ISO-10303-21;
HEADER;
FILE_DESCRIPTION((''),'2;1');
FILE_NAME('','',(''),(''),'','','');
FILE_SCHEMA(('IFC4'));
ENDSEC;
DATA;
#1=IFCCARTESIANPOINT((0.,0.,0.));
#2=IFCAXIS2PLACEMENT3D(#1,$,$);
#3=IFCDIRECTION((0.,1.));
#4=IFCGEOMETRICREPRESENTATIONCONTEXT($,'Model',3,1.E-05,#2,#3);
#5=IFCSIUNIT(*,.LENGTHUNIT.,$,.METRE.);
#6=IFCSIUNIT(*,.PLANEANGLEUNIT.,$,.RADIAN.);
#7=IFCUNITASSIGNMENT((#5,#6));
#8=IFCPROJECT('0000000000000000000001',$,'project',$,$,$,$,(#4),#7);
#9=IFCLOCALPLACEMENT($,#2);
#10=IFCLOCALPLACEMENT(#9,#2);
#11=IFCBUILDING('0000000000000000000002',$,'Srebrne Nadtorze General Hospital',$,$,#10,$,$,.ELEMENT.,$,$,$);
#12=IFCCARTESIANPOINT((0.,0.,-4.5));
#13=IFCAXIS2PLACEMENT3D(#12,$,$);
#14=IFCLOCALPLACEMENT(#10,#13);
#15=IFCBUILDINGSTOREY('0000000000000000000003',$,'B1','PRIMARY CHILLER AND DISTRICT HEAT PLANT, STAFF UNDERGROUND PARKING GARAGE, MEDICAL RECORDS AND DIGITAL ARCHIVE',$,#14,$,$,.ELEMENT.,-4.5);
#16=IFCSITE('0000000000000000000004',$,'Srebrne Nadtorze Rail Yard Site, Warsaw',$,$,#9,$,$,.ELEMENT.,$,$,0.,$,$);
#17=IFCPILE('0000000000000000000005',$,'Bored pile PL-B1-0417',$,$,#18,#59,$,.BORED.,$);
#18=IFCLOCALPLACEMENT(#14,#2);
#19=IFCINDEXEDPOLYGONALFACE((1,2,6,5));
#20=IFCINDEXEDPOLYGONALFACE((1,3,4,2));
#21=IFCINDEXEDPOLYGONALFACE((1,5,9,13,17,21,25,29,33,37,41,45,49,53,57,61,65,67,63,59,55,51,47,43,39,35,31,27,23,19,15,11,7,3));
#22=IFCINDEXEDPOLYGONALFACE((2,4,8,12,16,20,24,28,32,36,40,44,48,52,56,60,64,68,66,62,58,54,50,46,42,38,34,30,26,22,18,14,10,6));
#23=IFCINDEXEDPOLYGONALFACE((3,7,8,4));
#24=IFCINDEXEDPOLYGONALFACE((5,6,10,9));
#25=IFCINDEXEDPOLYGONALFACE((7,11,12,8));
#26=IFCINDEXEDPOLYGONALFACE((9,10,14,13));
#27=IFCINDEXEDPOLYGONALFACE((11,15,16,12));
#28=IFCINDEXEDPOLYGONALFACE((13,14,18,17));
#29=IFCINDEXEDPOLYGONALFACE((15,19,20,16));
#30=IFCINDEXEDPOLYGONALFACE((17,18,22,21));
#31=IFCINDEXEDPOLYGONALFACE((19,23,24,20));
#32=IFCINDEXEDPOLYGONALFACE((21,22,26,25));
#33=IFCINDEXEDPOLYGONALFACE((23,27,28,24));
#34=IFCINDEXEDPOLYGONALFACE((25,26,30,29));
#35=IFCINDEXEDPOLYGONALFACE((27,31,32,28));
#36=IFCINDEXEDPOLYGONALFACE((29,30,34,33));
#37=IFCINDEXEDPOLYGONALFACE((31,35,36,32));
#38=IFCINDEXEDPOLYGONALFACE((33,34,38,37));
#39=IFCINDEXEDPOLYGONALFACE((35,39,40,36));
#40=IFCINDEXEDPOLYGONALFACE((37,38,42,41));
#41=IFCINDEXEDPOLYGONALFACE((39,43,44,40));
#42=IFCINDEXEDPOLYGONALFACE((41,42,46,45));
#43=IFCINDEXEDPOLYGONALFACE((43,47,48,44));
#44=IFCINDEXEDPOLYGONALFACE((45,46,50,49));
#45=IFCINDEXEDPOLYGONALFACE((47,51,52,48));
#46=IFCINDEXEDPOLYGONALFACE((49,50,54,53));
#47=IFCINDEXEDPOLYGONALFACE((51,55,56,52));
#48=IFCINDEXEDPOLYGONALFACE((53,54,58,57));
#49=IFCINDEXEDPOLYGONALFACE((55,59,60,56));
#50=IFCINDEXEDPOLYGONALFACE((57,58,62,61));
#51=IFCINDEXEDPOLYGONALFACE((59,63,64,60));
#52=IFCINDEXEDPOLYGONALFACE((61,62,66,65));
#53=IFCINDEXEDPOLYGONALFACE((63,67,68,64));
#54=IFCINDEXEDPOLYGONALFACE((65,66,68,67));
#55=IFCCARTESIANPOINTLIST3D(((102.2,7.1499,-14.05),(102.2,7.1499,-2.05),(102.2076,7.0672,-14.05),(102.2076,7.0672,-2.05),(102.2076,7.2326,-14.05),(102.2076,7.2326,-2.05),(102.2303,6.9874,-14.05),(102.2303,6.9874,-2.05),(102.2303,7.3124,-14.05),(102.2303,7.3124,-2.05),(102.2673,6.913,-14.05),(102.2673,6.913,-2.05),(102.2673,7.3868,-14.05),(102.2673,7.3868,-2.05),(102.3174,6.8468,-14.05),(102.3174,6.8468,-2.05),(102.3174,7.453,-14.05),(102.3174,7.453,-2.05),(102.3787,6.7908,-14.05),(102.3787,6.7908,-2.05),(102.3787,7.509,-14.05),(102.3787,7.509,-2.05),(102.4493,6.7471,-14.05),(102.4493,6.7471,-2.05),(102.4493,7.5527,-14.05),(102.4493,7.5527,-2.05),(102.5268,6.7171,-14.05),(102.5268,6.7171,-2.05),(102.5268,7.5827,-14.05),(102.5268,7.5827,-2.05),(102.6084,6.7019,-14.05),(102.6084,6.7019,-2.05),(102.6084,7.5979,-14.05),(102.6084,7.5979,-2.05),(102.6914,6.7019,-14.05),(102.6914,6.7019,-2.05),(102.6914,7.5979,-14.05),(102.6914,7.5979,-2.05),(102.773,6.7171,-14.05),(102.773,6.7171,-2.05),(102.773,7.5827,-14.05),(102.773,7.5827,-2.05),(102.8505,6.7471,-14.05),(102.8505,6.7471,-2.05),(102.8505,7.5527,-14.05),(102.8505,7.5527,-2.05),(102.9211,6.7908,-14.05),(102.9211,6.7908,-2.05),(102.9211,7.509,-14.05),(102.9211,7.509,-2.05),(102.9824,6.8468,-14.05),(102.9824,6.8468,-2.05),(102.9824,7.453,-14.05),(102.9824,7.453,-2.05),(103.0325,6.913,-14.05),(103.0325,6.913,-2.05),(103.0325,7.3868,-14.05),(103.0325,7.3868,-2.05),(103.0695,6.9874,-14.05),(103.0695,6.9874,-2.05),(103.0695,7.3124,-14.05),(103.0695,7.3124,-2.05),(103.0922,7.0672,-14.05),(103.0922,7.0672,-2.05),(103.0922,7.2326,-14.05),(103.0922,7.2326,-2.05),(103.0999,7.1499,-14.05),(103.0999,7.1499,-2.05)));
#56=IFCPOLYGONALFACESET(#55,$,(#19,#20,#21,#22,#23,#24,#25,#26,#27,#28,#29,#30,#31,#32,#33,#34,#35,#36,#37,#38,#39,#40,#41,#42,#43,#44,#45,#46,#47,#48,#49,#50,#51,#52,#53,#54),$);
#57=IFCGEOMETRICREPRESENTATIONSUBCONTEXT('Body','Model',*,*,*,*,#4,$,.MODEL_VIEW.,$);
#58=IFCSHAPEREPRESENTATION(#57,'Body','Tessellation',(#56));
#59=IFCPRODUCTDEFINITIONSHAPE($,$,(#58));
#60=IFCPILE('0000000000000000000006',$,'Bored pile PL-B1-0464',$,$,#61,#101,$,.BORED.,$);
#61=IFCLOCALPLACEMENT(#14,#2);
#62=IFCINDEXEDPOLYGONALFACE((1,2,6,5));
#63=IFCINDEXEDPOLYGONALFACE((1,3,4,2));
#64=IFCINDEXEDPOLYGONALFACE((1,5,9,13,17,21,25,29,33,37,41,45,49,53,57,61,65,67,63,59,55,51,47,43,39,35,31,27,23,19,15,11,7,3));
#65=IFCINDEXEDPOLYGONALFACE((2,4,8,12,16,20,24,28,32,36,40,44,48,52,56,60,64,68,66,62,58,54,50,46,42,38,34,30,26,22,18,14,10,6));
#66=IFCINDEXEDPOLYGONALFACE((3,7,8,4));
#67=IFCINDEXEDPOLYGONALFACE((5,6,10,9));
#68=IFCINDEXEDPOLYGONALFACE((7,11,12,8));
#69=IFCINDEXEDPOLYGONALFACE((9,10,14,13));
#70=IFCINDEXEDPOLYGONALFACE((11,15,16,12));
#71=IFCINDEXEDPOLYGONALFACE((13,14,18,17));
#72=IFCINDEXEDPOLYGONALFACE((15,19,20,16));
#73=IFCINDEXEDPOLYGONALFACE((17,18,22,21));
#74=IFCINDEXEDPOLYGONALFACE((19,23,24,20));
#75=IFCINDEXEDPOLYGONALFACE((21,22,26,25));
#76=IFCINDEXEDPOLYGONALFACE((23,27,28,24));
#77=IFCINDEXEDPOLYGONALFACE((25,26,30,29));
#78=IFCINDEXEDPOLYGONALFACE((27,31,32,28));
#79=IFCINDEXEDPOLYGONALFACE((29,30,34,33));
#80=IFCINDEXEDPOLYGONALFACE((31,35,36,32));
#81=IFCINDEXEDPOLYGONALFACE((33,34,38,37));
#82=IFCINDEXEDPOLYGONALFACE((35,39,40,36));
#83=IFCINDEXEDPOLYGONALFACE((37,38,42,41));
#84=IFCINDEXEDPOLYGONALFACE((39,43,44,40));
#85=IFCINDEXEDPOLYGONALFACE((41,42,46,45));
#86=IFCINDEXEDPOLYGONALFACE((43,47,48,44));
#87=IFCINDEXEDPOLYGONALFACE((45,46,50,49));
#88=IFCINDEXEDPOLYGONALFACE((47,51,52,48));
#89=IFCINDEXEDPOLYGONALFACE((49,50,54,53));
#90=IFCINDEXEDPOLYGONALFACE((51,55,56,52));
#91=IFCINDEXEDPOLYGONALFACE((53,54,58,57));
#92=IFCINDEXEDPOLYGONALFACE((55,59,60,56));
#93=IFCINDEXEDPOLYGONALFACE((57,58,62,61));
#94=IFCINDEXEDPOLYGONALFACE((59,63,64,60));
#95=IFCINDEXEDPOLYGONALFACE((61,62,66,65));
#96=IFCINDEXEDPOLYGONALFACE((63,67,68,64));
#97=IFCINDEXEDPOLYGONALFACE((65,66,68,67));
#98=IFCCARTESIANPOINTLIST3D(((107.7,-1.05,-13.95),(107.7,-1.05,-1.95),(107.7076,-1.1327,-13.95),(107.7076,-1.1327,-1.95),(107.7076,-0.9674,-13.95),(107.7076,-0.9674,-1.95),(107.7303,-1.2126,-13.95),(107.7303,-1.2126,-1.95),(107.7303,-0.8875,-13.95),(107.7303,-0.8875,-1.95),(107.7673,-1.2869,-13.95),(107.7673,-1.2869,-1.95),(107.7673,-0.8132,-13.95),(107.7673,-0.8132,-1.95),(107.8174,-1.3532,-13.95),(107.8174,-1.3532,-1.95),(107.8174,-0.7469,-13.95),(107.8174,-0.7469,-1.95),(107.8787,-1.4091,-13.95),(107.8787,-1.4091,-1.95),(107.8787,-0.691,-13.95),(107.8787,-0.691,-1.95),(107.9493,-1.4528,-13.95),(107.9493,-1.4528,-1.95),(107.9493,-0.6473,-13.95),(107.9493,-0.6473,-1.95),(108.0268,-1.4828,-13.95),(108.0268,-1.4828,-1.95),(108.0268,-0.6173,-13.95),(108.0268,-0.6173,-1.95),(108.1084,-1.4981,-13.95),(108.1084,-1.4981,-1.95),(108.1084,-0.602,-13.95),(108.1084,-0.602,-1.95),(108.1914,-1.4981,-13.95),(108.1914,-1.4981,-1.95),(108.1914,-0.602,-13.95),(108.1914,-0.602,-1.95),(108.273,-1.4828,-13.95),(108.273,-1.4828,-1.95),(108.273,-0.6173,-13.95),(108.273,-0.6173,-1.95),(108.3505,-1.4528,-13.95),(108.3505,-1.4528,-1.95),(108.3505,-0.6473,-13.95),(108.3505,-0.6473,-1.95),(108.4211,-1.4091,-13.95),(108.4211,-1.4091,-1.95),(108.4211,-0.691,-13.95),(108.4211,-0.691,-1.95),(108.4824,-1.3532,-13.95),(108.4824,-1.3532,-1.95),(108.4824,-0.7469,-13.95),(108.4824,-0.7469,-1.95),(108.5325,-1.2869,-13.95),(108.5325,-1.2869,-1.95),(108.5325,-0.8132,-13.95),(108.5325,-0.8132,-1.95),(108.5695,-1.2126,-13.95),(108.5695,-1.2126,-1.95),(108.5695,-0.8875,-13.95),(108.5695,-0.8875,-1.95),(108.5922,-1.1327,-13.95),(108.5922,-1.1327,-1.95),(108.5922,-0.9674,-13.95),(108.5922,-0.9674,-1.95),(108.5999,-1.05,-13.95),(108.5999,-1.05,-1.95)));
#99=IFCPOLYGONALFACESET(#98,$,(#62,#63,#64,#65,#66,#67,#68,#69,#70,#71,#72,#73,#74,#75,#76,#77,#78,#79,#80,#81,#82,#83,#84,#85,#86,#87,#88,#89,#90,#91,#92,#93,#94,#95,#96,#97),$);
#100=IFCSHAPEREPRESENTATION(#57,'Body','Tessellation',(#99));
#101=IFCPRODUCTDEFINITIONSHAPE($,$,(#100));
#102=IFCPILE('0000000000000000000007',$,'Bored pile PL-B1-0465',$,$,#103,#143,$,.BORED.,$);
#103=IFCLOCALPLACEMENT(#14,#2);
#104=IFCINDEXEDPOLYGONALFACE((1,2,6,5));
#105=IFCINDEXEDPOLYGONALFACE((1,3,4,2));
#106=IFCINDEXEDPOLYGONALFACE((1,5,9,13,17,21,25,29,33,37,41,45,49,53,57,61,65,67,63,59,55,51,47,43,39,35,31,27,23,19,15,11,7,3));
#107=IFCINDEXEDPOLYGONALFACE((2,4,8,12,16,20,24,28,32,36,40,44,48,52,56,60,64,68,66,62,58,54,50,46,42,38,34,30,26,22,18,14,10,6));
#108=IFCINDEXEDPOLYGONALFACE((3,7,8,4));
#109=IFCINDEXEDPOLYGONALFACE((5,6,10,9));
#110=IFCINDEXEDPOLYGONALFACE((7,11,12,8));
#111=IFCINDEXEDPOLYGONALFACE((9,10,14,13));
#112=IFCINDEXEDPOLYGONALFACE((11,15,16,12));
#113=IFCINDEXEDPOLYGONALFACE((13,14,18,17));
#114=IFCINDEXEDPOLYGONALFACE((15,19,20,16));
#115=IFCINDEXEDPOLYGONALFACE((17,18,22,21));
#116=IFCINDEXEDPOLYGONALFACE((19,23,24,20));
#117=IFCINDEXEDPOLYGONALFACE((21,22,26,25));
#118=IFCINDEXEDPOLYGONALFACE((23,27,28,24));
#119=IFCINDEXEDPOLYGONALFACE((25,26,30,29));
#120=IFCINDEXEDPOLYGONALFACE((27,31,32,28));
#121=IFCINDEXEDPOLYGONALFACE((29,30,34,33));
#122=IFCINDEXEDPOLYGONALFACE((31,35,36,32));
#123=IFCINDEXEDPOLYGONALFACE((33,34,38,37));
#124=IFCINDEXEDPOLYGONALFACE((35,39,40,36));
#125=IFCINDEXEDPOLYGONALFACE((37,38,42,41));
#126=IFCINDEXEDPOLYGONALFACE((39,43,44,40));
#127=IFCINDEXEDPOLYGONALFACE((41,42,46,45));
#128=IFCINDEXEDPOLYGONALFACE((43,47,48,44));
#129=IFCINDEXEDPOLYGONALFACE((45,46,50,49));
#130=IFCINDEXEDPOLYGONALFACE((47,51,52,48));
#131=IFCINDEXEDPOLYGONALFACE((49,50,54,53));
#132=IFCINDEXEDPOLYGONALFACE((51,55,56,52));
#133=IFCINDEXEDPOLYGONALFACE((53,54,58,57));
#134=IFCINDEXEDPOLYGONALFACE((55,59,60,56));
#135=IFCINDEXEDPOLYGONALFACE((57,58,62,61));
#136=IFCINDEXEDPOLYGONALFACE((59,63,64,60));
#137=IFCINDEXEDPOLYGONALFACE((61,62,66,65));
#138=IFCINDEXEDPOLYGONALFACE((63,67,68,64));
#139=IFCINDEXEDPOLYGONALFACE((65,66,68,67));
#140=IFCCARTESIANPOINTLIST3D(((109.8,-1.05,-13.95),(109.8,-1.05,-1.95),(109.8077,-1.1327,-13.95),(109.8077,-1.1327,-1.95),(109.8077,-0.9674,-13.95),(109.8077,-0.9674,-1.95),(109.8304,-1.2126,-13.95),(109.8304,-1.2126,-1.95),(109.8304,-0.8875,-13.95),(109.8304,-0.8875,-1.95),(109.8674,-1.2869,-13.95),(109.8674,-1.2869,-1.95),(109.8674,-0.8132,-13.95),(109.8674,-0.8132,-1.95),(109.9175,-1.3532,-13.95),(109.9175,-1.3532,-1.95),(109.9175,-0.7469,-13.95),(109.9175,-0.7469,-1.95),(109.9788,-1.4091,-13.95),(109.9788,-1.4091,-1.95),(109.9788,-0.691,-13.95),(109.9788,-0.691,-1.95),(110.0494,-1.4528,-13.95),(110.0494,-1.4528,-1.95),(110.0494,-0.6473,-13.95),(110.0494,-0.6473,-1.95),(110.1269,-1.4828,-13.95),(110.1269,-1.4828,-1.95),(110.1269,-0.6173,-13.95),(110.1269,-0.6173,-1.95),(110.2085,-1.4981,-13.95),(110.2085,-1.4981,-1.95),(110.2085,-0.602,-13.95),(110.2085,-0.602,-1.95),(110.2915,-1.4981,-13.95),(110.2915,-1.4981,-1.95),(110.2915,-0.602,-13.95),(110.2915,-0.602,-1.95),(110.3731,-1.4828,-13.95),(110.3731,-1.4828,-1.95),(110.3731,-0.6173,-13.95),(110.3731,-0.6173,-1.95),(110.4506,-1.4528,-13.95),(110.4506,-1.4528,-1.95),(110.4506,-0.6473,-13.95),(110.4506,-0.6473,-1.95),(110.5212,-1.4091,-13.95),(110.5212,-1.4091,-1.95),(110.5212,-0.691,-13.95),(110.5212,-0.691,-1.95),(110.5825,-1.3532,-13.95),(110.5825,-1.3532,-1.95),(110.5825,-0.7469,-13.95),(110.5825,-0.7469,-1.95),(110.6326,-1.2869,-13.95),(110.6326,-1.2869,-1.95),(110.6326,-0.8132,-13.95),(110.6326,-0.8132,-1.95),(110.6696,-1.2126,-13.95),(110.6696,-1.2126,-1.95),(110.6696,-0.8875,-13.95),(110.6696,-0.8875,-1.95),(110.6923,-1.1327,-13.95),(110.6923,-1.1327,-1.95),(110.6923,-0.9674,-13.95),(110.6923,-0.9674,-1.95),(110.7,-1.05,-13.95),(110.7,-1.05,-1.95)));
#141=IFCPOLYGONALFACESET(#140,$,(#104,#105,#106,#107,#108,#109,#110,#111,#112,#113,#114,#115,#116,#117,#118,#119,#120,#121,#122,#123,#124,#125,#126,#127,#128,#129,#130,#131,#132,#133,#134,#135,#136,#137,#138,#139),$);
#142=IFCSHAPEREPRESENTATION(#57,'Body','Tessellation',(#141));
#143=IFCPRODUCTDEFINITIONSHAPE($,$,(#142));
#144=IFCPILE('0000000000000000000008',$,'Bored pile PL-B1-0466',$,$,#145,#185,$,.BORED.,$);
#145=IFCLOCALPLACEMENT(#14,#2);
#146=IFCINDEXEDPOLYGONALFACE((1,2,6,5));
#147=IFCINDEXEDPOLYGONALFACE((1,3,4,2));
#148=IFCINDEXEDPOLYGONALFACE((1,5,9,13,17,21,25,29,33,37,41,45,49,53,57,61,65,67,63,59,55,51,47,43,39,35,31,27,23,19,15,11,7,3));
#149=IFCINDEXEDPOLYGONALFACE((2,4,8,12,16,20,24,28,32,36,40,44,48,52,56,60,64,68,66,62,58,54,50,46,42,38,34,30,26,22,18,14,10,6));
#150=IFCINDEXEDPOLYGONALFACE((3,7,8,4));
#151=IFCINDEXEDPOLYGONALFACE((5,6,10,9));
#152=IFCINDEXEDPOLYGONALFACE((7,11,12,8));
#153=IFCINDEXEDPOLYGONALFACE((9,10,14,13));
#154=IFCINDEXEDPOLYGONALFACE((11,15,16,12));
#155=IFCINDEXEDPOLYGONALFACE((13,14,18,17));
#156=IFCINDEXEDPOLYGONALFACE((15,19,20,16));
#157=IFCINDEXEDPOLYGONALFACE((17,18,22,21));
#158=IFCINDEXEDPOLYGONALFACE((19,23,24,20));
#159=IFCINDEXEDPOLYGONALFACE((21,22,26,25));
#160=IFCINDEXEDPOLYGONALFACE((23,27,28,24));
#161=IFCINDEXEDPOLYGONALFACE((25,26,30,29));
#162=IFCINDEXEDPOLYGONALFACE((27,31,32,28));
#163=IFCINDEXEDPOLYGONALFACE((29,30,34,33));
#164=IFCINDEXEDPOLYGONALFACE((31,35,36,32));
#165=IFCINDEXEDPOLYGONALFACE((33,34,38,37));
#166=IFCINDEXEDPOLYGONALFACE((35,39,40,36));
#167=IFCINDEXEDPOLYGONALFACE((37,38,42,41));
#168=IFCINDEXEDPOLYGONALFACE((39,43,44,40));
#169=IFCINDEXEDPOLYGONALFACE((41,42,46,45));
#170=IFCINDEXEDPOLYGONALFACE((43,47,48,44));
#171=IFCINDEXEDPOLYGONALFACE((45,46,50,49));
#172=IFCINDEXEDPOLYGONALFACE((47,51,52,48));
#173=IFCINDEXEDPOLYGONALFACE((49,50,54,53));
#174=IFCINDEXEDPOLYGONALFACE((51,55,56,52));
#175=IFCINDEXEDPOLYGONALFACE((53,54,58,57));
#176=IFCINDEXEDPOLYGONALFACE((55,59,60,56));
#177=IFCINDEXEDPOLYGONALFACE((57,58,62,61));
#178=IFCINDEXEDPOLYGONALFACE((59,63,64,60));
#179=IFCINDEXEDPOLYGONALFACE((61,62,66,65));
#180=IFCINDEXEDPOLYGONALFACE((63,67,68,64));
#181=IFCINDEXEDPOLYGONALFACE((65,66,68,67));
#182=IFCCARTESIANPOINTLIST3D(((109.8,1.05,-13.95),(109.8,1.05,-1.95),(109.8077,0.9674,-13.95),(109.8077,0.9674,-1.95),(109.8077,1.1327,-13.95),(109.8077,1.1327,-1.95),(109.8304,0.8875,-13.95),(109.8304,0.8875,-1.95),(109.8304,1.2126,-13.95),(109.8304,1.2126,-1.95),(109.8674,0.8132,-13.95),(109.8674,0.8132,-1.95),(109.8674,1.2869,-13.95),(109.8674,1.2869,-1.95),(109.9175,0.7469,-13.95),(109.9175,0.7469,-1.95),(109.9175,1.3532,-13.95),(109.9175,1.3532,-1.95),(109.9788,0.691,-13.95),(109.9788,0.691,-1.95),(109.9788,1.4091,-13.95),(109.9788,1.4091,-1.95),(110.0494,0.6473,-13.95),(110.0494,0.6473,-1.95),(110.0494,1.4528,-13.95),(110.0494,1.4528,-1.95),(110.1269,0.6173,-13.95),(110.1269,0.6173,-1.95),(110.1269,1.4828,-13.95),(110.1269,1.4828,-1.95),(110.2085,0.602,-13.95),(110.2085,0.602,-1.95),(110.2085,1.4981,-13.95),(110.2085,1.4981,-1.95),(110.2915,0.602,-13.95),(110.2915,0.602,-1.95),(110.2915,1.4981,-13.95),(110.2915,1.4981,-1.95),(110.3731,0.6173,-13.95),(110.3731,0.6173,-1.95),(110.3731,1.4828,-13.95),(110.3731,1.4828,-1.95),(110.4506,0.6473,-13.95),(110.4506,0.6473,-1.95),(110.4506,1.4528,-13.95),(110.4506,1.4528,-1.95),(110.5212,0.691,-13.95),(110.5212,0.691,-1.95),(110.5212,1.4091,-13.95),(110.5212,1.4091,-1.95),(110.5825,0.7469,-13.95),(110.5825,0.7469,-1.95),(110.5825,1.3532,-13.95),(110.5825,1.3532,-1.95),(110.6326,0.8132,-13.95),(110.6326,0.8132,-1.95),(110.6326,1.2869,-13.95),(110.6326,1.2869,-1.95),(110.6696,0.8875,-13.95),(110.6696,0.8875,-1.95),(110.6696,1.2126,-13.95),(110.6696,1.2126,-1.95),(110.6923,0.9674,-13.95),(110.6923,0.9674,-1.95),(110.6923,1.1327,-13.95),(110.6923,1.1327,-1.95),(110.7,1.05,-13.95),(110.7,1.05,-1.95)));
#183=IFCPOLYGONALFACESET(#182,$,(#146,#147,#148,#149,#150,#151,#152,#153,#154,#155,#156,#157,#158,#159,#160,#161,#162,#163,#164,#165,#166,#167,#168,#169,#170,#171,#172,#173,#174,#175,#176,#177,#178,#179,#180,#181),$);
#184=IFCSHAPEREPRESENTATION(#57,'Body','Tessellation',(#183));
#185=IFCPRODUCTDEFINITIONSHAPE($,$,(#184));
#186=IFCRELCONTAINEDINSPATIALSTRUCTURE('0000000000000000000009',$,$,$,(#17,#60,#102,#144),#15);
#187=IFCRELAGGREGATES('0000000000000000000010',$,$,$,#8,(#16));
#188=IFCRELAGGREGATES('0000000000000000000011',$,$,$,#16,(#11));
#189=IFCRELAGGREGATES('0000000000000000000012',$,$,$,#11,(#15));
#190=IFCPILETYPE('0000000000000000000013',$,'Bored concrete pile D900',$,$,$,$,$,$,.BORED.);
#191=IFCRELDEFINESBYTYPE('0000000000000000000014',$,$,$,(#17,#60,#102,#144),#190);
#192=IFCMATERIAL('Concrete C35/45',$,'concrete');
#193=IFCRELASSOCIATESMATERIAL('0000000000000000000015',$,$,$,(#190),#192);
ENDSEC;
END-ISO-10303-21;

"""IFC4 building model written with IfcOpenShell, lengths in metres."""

from ifc_helpers import new_model, si_unit, direction, frame, origin, origin_2d, place, context, subcontext, project, spatial, circle, extrude, material, material_profile, profile_set, type_object, element, save


model = new_model("IFC4")

# Units and contexts
model_context = context("Model", 3, precision=1e-05, world=origin(), true_north=direction((0.0, 1.0)))
body_context = subcontext(model_context, "Body", "Model", "MODEL_VIEW")
ifc_project = project(units=[si_unit("LENGTHUNIT", "METRE"), si_unit("PLANEANGLEUNIT", "RADIAN")], contexts=[model_context])

# Site, building, storey
site_placement = place(None, origin())
site = spatial("IfcSite", under=ifc_project, at=site_placement, Name="Srebrne Nadtorze Rail Yard Site, Warsaw", CompositionType="ELEMENT", RefElevation=0.0)
building_placement = place(site_placement, origin())
building = spatial("IfcBuilding", under=site, at=building_placement, Name="Srebrne Nadtorze General Hospital", CompositionType="ELEMENT")
storey_placement = place(building_placement, frame((0.0, 0.0, -4.5)))
storey = spatial("IfcBuildingStorey", under=building, at=storey_placement, Name="B1", Description="PRIMARY CHILLER AND DISTRICT HEAT PLANT, STAFF UNDERGROUND PARKING GARAGE, MEDICAL RECORDS AND DIGITAL ARCHIVE", CompositionType="ELEMENT", Elevation=-4.5)

# Piles
ifc_material_1 = material(Name="Concrete C35/45", Category="concrete")
ifc_material_profile_1 = material_profile(ifc_material_1, circle(Radius=0.45, at=origin_2d()), Name="PILE-D900")
ifc_profile_set_1 = profile_set([ifc_material_profile_1], Name="Concrete C35/45")
pile_type_1 = type_object("IfcPileType", Name="Bored concrete pile D900", PredefinedType="BORED", material=ifc_profile_set_1)
for number, where, z_axis, x_axis, name in (
    (1, (102.6499, 7.1499, -2.05), (0.0, 0.0, -1.0), (1.0, 0.0, 0.0), "Bored pile PL-B1-0417"),
    (2, (108.1499, -1.05, -1.95), (0.0, 0.0, -1.0), (1.0, 0.0, 0.0), "Bored pile PL-B1-0464"),
    (3, (110.25, -1.05, -1.95), (0.0, 0.0, -1.0), (1.0, 0.0, 0.0), "Bored pile PL-B1-0465"),
    (4, (110.25, 1.05, -1.95), (0.0, 0.0, -1.0), (1.0, 0.0, 0.0), "Bored pile PL-B1-0466"),
):
    element("IfcPile", number, at=place(storey_placement, frame(where, z_axis=z_axis, x_axis=x_axis)), inside=storey, type_object=pile_type_1, Name=name, PredefinedType="BORED", context=body_context, shape_type="SweptSolid", body=[
        extrude(circle(Radius=0.45, at=origin_2d()), origin(), (0.0, 0.0, 1.0), 12.0),
    ])

save(model, "model.ifc")
